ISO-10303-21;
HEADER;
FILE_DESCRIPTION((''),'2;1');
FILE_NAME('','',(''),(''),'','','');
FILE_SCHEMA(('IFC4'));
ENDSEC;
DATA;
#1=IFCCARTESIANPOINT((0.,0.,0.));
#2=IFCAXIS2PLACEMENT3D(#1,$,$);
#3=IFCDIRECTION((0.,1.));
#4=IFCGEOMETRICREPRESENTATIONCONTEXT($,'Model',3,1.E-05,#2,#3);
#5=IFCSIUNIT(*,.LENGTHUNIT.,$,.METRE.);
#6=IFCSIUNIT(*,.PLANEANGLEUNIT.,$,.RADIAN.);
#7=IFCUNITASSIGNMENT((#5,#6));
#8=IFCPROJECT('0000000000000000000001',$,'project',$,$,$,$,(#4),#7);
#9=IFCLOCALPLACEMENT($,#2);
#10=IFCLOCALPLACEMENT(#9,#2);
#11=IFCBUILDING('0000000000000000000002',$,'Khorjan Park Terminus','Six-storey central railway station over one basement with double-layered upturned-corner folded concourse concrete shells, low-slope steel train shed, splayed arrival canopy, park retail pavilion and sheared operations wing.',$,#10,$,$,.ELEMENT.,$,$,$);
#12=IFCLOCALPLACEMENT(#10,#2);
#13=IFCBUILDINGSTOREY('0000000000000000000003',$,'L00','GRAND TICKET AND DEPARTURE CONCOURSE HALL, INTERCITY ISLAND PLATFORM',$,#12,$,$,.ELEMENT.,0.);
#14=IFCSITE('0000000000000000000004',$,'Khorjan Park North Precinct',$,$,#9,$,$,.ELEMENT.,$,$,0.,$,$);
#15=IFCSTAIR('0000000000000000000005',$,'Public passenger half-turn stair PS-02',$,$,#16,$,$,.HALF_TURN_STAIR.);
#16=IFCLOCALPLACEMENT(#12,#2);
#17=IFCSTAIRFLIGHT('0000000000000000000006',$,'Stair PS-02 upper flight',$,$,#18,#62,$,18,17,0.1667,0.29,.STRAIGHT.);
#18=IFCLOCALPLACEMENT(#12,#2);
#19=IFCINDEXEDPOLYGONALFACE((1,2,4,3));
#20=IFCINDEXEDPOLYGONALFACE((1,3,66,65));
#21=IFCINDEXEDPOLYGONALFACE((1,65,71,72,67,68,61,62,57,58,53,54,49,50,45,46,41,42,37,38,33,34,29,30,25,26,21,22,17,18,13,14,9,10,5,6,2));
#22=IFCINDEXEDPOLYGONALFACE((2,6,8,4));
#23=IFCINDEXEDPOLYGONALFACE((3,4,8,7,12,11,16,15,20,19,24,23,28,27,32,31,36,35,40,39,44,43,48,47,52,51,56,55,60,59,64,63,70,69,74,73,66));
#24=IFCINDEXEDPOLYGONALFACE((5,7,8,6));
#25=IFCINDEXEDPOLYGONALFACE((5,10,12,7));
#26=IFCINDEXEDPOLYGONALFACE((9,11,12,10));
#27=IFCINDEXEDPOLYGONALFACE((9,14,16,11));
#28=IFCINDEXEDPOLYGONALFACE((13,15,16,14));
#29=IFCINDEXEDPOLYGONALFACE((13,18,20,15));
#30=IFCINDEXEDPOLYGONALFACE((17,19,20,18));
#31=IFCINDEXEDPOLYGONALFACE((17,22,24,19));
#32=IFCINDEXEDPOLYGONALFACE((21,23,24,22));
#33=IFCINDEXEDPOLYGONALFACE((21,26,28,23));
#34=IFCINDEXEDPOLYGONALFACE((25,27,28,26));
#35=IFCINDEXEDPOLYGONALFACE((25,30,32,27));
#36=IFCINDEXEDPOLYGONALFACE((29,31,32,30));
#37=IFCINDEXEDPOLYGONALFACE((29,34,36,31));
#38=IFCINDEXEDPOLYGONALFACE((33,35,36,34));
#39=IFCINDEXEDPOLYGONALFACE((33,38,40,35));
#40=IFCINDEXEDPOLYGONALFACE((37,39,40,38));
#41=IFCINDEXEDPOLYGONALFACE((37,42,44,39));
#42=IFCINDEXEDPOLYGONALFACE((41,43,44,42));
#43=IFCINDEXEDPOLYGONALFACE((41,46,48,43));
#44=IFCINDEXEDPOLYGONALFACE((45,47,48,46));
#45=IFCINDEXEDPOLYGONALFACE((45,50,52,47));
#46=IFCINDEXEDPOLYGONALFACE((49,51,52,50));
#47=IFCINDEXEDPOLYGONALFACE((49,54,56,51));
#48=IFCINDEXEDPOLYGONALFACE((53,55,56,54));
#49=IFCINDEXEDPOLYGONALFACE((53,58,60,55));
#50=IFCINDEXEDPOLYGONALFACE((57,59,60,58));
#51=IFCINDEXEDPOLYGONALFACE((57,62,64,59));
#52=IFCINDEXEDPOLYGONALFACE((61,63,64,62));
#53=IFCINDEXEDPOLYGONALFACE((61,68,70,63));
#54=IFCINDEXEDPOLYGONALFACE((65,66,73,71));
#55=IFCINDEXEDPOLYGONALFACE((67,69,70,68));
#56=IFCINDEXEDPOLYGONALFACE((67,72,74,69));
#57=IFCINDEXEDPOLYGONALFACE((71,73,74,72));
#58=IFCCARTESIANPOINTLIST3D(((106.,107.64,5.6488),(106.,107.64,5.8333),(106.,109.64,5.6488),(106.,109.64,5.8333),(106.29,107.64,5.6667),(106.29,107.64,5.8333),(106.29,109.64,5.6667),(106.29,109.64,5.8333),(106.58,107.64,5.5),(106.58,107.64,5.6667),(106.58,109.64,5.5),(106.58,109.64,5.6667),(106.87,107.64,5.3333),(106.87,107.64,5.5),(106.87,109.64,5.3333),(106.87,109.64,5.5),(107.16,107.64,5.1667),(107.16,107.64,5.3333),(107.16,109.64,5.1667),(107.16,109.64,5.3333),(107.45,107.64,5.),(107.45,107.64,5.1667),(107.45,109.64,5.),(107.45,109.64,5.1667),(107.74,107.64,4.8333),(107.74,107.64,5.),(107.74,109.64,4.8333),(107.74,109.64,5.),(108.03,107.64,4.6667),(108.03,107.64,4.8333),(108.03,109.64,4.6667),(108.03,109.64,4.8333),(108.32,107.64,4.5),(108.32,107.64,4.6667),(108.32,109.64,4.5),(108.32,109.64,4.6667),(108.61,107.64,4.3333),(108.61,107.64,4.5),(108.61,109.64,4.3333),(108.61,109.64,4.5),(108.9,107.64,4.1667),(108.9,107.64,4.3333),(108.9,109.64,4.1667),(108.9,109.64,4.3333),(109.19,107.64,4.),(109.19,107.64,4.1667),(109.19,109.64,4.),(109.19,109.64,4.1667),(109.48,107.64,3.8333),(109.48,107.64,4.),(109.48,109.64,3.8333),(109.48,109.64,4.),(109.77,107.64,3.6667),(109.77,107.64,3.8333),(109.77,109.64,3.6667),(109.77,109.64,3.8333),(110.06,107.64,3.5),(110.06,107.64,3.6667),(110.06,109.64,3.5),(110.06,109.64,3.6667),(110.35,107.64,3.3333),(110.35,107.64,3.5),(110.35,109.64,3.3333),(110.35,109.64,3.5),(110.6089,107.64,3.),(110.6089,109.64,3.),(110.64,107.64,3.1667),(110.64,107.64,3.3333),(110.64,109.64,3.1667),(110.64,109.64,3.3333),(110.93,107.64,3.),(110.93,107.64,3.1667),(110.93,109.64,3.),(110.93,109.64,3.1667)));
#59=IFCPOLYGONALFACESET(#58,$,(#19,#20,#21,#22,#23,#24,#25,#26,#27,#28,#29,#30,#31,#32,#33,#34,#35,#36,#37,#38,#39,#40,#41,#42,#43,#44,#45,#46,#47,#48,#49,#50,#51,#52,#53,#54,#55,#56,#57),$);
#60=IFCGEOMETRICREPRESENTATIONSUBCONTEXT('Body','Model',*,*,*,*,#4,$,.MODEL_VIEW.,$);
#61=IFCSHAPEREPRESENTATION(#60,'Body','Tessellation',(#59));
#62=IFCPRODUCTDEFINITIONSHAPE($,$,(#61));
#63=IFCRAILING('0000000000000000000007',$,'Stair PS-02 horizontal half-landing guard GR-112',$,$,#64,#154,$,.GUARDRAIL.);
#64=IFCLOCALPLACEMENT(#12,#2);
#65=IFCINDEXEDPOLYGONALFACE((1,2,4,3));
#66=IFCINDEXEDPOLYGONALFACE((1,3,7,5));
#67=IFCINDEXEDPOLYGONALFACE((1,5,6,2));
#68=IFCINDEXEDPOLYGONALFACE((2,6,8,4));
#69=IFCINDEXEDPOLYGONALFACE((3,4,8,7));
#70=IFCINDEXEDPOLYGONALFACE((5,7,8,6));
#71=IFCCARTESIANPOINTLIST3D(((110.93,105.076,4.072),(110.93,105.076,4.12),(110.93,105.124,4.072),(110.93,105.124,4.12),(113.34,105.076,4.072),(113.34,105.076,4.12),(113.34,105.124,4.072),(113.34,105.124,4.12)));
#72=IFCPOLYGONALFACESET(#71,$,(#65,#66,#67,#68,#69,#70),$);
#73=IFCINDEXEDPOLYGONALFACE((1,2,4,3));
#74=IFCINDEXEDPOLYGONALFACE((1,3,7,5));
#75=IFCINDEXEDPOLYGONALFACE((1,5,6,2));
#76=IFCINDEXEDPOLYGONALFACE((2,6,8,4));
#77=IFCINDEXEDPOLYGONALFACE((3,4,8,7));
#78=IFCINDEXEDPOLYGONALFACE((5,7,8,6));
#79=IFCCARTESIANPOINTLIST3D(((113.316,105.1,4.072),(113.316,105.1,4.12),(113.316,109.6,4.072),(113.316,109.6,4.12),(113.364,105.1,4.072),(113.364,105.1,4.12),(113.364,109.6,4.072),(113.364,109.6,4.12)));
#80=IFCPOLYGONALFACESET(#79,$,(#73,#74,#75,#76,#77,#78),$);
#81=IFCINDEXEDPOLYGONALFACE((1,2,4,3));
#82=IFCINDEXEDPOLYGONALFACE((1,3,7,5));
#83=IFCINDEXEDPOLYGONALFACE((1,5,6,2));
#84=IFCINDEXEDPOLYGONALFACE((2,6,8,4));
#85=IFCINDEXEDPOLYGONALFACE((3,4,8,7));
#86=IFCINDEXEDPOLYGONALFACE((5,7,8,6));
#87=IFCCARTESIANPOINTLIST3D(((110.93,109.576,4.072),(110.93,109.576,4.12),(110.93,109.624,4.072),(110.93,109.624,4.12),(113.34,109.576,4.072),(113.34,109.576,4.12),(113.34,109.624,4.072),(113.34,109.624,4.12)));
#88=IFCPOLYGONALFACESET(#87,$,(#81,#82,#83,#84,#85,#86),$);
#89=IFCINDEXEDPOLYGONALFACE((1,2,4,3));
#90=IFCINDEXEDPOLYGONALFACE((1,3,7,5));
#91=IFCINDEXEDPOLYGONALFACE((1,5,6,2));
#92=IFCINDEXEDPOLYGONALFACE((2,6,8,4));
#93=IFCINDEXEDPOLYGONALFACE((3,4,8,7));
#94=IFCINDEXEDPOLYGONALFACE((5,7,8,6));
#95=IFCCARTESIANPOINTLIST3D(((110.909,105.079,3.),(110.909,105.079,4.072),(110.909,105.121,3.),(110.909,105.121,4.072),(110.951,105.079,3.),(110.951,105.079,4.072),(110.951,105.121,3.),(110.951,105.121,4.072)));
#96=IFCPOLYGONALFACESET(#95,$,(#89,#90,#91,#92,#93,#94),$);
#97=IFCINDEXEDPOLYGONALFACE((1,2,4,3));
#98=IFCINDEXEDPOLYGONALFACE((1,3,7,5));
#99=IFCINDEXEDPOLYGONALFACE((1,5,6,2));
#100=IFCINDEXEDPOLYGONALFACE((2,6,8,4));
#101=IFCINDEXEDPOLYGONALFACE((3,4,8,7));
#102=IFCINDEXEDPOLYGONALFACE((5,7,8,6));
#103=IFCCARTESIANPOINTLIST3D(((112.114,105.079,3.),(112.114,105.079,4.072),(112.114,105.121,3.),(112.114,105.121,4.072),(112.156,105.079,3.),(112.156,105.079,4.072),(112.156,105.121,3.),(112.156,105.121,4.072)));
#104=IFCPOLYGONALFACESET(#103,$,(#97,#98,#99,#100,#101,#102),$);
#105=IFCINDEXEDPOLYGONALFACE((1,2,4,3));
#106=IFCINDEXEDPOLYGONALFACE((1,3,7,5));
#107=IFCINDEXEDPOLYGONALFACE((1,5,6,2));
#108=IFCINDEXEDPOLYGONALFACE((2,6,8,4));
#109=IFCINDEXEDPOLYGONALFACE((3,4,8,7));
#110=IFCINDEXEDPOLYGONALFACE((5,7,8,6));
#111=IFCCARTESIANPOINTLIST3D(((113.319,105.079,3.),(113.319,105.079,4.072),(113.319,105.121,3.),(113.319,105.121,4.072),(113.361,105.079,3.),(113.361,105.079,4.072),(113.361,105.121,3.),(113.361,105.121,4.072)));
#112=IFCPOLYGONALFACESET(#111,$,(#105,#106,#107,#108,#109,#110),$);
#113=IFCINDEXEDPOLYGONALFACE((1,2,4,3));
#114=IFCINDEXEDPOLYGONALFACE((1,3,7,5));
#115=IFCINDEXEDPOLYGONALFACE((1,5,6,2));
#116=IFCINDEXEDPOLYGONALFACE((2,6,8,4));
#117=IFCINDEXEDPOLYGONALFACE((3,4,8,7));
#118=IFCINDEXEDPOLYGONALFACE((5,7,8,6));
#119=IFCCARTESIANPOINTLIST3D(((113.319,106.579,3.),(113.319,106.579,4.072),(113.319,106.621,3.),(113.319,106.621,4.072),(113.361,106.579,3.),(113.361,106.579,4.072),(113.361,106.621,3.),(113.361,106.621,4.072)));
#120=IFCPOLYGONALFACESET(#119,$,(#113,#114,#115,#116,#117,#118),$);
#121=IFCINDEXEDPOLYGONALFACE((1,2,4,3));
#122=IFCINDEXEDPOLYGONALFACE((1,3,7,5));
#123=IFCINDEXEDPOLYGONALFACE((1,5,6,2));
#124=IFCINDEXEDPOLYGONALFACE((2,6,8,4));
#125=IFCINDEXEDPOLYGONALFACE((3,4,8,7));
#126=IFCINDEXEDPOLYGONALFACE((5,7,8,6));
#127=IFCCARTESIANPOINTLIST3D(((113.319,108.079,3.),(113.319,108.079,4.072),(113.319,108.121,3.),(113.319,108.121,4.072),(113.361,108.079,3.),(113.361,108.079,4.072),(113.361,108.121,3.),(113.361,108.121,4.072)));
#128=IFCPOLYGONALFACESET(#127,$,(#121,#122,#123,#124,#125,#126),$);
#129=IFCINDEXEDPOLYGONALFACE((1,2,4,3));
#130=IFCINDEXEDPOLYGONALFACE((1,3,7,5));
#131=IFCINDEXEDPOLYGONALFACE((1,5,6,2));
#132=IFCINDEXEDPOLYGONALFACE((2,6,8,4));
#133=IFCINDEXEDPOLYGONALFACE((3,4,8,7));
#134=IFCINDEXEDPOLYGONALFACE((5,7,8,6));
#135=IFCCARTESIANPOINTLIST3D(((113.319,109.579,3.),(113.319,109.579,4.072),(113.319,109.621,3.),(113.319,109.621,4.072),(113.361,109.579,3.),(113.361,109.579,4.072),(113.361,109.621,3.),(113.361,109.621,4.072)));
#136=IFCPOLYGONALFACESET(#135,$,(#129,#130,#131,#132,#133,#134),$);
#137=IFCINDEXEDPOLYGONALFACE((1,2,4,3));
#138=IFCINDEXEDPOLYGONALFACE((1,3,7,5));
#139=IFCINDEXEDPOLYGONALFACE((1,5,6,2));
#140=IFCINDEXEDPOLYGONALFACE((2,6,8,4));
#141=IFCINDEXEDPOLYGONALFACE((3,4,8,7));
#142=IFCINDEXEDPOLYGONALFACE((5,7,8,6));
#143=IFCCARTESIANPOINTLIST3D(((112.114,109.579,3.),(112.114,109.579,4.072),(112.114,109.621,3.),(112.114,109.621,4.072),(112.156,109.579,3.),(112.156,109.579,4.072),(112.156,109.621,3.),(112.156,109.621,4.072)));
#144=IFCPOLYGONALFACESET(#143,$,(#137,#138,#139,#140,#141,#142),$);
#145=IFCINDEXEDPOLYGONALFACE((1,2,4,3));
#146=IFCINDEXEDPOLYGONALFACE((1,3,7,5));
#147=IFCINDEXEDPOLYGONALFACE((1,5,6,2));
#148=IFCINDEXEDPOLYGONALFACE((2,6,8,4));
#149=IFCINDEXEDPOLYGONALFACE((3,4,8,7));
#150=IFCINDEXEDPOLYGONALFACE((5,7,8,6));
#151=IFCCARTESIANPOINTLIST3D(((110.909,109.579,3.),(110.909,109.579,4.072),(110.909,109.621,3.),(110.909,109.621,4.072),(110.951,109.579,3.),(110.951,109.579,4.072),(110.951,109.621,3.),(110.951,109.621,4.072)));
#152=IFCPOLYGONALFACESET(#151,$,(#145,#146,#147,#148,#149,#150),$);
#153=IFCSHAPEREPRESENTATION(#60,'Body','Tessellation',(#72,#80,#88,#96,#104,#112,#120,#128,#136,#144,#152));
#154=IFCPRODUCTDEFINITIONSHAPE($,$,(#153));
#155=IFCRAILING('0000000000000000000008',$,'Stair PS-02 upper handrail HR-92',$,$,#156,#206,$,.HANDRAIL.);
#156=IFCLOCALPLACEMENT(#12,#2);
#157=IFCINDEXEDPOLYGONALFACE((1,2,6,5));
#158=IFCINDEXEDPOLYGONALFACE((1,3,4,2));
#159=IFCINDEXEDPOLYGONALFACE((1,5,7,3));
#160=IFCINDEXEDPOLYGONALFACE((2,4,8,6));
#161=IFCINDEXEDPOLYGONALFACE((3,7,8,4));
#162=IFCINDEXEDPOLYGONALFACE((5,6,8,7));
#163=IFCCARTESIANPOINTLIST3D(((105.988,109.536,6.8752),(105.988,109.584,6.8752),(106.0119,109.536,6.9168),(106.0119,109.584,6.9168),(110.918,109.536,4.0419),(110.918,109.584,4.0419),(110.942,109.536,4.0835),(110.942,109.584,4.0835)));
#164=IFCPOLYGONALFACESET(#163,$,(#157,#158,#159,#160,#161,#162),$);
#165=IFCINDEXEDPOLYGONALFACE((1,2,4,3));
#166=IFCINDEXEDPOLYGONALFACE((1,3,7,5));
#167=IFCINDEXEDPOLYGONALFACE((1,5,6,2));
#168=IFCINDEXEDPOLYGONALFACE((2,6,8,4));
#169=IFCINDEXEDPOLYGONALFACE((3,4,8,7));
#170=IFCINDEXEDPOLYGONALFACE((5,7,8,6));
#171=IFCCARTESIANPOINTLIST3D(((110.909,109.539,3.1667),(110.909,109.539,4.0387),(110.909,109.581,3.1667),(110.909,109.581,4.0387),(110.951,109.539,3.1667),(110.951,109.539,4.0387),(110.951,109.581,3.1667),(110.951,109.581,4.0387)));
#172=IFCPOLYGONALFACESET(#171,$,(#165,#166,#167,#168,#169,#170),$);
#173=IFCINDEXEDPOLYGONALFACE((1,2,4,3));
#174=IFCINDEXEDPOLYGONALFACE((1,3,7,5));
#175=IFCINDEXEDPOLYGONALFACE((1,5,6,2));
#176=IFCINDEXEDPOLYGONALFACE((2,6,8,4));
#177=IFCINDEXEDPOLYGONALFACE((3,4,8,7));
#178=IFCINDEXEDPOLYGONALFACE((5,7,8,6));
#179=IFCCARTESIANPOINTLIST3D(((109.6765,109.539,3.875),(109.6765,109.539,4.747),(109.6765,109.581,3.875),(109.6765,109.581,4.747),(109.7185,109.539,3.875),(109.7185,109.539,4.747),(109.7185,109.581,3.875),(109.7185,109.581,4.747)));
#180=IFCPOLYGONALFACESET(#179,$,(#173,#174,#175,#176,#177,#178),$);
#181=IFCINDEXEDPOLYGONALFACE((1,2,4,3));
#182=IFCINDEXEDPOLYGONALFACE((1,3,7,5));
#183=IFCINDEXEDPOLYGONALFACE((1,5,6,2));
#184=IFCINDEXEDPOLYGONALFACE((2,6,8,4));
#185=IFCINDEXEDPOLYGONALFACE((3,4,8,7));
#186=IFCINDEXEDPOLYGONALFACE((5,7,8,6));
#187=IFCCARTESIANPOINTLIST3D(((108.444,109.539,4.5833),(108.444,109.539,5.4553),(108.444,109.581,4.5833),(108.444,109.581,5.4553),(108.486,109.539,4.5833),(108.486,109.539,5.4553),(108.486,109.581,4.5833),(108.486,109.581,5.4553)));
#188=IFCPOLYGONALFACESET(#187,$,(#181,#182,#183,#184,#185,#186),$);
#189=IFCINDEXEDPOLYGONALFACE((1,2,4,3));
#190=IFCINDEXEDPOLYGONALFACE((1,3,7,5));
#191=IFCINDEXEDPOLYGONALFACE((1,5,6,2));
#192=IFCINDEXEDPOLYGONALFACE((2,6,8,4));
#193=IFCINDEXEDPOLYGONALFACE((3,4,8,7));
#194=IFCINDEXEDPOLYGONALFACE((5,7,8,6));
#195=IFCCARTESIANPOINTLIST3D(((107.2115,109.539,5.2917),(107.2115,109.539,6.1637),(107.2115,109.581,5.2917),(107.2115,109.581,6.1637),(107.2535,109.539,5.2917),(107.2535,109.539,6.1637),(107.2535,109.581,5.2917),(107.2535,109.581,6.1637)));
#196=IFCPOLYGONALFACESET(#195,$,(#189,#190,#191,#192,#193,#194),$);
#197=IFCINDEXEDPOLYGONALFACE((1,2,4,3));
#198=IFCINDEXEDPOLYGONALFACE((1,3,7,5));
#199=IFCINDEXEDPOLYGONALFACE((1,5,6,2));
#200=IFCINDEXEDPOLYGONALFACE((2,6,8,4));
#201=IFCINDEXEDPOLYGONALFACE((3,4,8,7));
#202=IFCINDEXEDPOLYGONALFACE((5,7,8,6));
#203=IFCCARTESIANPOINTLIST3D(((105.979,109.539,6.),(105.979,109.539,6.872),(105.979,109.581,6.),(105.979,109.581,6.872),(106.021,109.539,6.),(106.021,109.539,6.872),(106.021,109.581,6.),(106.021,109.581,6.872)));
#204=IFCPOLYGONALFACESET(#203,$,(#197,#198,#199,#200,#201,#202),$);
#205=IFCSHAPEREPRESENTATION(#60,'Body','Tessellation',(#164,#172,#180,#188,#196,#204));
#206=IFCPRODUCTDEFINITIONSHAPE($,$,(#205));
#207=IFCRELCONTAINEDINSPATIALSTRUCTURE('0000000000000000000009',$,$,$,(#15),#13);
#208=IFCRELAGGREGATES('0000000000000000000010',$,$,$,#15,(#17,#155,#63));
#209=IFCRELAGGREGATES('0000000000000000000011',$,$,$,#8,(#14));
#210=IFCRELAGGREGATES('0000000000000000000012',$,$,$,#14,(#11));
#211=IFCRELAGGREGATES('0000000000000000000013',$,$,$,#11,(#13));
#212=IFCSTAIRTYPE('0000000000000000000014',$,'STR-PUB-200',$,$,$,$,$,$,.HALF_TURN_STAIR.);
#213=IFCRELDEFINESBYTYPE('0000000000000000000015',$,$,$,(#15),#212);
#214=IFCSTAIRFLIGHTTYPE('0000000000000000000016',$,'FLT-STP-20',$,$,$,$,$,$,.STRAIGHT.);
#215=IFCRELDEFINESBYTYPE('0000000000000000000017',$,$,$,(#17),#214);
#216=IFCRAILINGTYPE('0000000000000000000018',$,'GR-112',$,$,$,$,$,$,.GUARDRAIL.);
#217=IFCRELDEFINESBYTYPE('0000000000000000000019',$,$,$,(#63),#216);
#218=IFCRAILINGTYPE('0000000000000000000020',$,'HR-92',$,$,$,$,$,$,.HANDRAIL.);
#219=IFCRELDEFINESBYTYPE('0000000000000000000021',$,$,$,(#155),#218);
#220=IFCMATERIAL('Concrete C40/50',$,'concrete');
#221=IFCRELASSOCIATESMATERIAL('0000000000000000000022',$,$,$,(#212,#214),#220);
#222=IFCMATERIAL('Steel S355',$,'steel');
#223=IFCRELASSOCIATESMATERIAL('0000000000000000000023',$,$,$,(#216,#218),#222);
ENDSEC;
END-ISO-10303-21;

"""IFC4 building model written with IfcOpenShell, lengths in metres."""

from ifc_helpers import new_model, si_unit, direction, frame, origin, origin_2d, place, context, subcontext, project, spatial, polyline, rectangle, outline, extrude, material, type_object, element, aggregate, save


model = new_model("IFC4")

# Units and contexts
model_context = context("Model", 3, precision=1e-05, world=origin(), true_north=direction((0.0, 1.0)))
body_context = subcontext(model_context, "Body", "Model", "MODEL_VIEW")
ifc_project = project(units=[si_unit("LENGTHUNIT", "METRE"), si_unit("PLANEANGLEUNIT", "RADIAN")], contexts=[model_context])

# Site, building, storey
site_placement = place(None, origin())
site = spatial("IfcSite", under=ifc_project, at=site_placement, Name="Khorjan Park North Precinct", CompositionType="ELEMENT", RefElevation=0.0)
building_placement = place(site_placement, origin())
building = spatial("IfcBuilding", under=site, at=building_placement, Name="Khorjan Park Terminus", Description="Six-storey central railway station over one basement with double-layered upturned-corner folded concourse concrete shells, low-slope steel train shed, splayed arrival canopy, park retail pavilion and sheared operations wing.", CompositionType="ELEMENT")
storey_placement = place(building_placement, origin())
storey = spatial("IfcBuildingStorey", under=building, at=storey_placement, Name="L00", Description="GRAND TICKET AND DEPARTURE CONCOURSE HALL, INTERCITY ISLAND PLATFORM", CompositionType="ELEMENT", Elevation=0.0)

# Stair, stair flight, railings
ifc_material_1 = material(Name="Concrete C40/50", Category="concrete")
stair_type = type_object("IfcStairType", Name="STR-PUB-200", PredefinedType="HALF_TURN_STAIR", material=ifc_material_1)
stair_placement = place(storey_placement, origin())
stair = element("IfcStair", 1, at=stair_placement, inside=storey, type_object=stair_type, Name="Public passenger half-turn stair PS-02", PredefinedType="HALF_TURN_STAIR")
stair_flight_type = type_object("IfcStairFlightType", Name="FLT-STP-20", PredefinedType="STRAIGHT", material=ifc_material_1)
stair_flight_placement = place(storey_placement, frame((110.93, 108.64, 3.0), z_axis=(0.0, 0.0, 1.0), x_axis=(-1.0, 0.0, 0.0)))
stair_flight = element("IfcStairFlight", 2, at=stair_flight_placement, type_object=stair_flight_type, Name="Stair PS-02 upper flight", NumberOfRisers=18, NumberOfTreads=17, PredefinedType="STRAIGHT", RiserHeight=0.1667, TreadLength=0.29, context=body_context, shape_type="SweptSolid", body=[
    extrude(outline(polyline([(0.0, 0.0), (0.0, 0.1667), (0.29, 0.1667), (0.29, 0.3333), (0.58, 0.3333), (0.58, 0.5), (0.87, 0.5), (0.87, 0.6667), (1.16, 0.6667), (1.16, 0.8333), (1.45, 0.8333), (1.45, 1.0), (1.74, 1.0), (1.74, 1.1667), (2.03, 1.1667), (2.03, 1.3333), (2.32, 1.3333), (2.32, 1.5), (2.61, 1.5), (2.61, 1.6667), (2.9, 1.6667), (2.9, 1.8333), (3.19, 1.8333), (3.19, 2.0), (3.48, 2.0), (3.48, 2.1667), (3.77, 2.1667), (3.77, 2.3333), (4.06, 2.3333), (4.06, 2.5), (4.35, 2.5), (4.35, 2.6667), (4.64, 2.6667), (4.64, 2.8333), (4.93, 2.8333), (4.93, 3.0), (4.93, 2.6488), (0.3211, 0.0), (0.0, 0.0)])), frame((0.0, 1.0, 0.0), z_axis=(0.0, -1.0, 0.0), x_axis=(1.0, 0.0, 0.0)), (0.0, 0.0, 1.0), 2.0),
])
ifc_material_2 = material(Name="Steel S355", Category="steel")
railing_type_1 = type_object("IfcRailingType", Name="GR-112", PredefinedType="GUARDRAIL", material=ifc_material_2)
railing_1_placement = place(storey_placement, frame((110.93, 105.1, 3.0)))
railing_1 = element("IfcRailing", 3, at=railing_1_placement, type_object=railing_type_1, Name="Stair PS-02 horizontal half-landing guard GR-112", PredefinedType="GUARDRAIL", context=body_context, shape_type="SweptSolid", body=[
    extrude(rectangle(XDim=0.048, YDim=0.048, at=origin_2d()), frame((0.0, 0.0, 1.096), z_axis=(1.0, 0.0, 0.0), x_axis=(0.0, 1.0, 0.0)), (0.0, 0.0, 1.0), 2.41),
    extrude(rectangle(XDim=0.048, YDim=0.048, at=origin_2d()), frame((2.41, 0.0, 1.096), z_axis=(0.0, 1.0, 0.0), x_axis=(-1.0, 0.0, 0.0)), (0.0, 0.0, 1.0), 4.5),
    extrude(rectangle(XDim=0.048, YDim=0.048, at=origin_2d()), frame((2.41, 4.5, 1.096), z_axis=(-1.0, 0.0, 0.0), x_axis=(0.0, -1.0, 0.0)), (0.0, 0.0, 1.0), 2.41),
    extrude(rectangle(XDim=0.042, YDim=0.042, at=origin_2d()), origin(), (0.0, 0.0, 1.0), 1.072),
    extrude(rectangle(XDim=0.042, YDim=0.042, at=origin_2d()), frame((1.205, 0.0, 0.0)), (0.0, 0.0, 1.0), 1.072),
    extrude(rectangle(XDim=0.042, YDim=0.042, at=origin_2d()), frame((2.41, 0.0, 0.0)), (0.0, 0.0, 1.0), 1.072),
    extrude(rectangle(XDim=0.042, YDim=0.042, at=origin_2d()), frame((2.41, 1.5, 0.0)), (0.0, 0.0, 1.0), 1.072),
    extrude(rectangle(XDim=0.042, YDim=0.042, at=origin_2d()), frame((2.41, 3.0, 0.0)), (0.0, 0.0, 1.0), 1.072),
    extrude(rectangle(XDim=0.042, YDim=0.042, at=origin_2d()), frame((2.41, 4.5, 0.0)), (0.0, 0.0, 1.0), 1.072),
    extrude(rectangle(XDim=0.042, YDim=0.042, at=origin_2d()), frame((1.205, 4.5, 0.0)), (0.0, 0.0, 1.0), 1.072),
    extrude(rectangle(XDim=0.042, YDim=0.042, at=origin_2d()), frame((0.0, 4.5, 0.0)), (0.0, 0.0, 1.0), 1.072),
])
railing_type_2 = type_object("IfcRailingType", Name="HR-92", PredefinedType="HANDRAIL", material=ifc_material_2)
railing_2_placement = place(storey_placement, frame((110.93, 109.56, 3.1667)))
railing_2 = element("IfcRailing", 4, at=railing_2_placement, type_object=railing_type_2, Name="Stair PS-02 upper handrail HR-92", PredefinedType="HANDRAIL", context=body_context, shape_type="SweptSolid", body=[
    extrude(rectangle(XDim=0.048, YDim=0.048, at=origin_2d()), frame((0.0, 0.0, 0.896), z_axis=(-0.867016, 0.0, 0.498279), x_axis=(0.0, -1.0, 0.0)), (0.0, 0.0, 1.0), 5.6862),
    extrude(rectangle(XDim=0.042, YDim=0.042, at=origin_2d()), origin(), (0.0, 0.0, 1.0), 0.872),
    extrude(rectangle(XDim=0.042, YDim=0.042, at=origin_2d()), frame((-1.2325, 0.0, 0.7083)), (0.0, 0.0, 1.0), 0.872),
    extrude(rectangle(XDim=0.042, YDim=0.042, at=origin_2d()), frame((-2.465, 0.0, 1.4166)), (0.0, 0.0, 1.0), 0.872),
    extrude(rectangle(XDim=0.042, YDim=0.042, at=origin_2d()), frame((-3.6975, 0.0, 2.125)), (0.0, 0.0, 1.0), 0.872),
    extrude(rectangle(XDim=0.042, YDim=0.042, at=origin_2d()), frame((-4.93, 0.0, 2.8333)), (0.0, 0.0, 1.0), 0.872),
])
aggregate(stair, [stair_flight, railing_2, railing_1])

save(model, "model.ifc")
